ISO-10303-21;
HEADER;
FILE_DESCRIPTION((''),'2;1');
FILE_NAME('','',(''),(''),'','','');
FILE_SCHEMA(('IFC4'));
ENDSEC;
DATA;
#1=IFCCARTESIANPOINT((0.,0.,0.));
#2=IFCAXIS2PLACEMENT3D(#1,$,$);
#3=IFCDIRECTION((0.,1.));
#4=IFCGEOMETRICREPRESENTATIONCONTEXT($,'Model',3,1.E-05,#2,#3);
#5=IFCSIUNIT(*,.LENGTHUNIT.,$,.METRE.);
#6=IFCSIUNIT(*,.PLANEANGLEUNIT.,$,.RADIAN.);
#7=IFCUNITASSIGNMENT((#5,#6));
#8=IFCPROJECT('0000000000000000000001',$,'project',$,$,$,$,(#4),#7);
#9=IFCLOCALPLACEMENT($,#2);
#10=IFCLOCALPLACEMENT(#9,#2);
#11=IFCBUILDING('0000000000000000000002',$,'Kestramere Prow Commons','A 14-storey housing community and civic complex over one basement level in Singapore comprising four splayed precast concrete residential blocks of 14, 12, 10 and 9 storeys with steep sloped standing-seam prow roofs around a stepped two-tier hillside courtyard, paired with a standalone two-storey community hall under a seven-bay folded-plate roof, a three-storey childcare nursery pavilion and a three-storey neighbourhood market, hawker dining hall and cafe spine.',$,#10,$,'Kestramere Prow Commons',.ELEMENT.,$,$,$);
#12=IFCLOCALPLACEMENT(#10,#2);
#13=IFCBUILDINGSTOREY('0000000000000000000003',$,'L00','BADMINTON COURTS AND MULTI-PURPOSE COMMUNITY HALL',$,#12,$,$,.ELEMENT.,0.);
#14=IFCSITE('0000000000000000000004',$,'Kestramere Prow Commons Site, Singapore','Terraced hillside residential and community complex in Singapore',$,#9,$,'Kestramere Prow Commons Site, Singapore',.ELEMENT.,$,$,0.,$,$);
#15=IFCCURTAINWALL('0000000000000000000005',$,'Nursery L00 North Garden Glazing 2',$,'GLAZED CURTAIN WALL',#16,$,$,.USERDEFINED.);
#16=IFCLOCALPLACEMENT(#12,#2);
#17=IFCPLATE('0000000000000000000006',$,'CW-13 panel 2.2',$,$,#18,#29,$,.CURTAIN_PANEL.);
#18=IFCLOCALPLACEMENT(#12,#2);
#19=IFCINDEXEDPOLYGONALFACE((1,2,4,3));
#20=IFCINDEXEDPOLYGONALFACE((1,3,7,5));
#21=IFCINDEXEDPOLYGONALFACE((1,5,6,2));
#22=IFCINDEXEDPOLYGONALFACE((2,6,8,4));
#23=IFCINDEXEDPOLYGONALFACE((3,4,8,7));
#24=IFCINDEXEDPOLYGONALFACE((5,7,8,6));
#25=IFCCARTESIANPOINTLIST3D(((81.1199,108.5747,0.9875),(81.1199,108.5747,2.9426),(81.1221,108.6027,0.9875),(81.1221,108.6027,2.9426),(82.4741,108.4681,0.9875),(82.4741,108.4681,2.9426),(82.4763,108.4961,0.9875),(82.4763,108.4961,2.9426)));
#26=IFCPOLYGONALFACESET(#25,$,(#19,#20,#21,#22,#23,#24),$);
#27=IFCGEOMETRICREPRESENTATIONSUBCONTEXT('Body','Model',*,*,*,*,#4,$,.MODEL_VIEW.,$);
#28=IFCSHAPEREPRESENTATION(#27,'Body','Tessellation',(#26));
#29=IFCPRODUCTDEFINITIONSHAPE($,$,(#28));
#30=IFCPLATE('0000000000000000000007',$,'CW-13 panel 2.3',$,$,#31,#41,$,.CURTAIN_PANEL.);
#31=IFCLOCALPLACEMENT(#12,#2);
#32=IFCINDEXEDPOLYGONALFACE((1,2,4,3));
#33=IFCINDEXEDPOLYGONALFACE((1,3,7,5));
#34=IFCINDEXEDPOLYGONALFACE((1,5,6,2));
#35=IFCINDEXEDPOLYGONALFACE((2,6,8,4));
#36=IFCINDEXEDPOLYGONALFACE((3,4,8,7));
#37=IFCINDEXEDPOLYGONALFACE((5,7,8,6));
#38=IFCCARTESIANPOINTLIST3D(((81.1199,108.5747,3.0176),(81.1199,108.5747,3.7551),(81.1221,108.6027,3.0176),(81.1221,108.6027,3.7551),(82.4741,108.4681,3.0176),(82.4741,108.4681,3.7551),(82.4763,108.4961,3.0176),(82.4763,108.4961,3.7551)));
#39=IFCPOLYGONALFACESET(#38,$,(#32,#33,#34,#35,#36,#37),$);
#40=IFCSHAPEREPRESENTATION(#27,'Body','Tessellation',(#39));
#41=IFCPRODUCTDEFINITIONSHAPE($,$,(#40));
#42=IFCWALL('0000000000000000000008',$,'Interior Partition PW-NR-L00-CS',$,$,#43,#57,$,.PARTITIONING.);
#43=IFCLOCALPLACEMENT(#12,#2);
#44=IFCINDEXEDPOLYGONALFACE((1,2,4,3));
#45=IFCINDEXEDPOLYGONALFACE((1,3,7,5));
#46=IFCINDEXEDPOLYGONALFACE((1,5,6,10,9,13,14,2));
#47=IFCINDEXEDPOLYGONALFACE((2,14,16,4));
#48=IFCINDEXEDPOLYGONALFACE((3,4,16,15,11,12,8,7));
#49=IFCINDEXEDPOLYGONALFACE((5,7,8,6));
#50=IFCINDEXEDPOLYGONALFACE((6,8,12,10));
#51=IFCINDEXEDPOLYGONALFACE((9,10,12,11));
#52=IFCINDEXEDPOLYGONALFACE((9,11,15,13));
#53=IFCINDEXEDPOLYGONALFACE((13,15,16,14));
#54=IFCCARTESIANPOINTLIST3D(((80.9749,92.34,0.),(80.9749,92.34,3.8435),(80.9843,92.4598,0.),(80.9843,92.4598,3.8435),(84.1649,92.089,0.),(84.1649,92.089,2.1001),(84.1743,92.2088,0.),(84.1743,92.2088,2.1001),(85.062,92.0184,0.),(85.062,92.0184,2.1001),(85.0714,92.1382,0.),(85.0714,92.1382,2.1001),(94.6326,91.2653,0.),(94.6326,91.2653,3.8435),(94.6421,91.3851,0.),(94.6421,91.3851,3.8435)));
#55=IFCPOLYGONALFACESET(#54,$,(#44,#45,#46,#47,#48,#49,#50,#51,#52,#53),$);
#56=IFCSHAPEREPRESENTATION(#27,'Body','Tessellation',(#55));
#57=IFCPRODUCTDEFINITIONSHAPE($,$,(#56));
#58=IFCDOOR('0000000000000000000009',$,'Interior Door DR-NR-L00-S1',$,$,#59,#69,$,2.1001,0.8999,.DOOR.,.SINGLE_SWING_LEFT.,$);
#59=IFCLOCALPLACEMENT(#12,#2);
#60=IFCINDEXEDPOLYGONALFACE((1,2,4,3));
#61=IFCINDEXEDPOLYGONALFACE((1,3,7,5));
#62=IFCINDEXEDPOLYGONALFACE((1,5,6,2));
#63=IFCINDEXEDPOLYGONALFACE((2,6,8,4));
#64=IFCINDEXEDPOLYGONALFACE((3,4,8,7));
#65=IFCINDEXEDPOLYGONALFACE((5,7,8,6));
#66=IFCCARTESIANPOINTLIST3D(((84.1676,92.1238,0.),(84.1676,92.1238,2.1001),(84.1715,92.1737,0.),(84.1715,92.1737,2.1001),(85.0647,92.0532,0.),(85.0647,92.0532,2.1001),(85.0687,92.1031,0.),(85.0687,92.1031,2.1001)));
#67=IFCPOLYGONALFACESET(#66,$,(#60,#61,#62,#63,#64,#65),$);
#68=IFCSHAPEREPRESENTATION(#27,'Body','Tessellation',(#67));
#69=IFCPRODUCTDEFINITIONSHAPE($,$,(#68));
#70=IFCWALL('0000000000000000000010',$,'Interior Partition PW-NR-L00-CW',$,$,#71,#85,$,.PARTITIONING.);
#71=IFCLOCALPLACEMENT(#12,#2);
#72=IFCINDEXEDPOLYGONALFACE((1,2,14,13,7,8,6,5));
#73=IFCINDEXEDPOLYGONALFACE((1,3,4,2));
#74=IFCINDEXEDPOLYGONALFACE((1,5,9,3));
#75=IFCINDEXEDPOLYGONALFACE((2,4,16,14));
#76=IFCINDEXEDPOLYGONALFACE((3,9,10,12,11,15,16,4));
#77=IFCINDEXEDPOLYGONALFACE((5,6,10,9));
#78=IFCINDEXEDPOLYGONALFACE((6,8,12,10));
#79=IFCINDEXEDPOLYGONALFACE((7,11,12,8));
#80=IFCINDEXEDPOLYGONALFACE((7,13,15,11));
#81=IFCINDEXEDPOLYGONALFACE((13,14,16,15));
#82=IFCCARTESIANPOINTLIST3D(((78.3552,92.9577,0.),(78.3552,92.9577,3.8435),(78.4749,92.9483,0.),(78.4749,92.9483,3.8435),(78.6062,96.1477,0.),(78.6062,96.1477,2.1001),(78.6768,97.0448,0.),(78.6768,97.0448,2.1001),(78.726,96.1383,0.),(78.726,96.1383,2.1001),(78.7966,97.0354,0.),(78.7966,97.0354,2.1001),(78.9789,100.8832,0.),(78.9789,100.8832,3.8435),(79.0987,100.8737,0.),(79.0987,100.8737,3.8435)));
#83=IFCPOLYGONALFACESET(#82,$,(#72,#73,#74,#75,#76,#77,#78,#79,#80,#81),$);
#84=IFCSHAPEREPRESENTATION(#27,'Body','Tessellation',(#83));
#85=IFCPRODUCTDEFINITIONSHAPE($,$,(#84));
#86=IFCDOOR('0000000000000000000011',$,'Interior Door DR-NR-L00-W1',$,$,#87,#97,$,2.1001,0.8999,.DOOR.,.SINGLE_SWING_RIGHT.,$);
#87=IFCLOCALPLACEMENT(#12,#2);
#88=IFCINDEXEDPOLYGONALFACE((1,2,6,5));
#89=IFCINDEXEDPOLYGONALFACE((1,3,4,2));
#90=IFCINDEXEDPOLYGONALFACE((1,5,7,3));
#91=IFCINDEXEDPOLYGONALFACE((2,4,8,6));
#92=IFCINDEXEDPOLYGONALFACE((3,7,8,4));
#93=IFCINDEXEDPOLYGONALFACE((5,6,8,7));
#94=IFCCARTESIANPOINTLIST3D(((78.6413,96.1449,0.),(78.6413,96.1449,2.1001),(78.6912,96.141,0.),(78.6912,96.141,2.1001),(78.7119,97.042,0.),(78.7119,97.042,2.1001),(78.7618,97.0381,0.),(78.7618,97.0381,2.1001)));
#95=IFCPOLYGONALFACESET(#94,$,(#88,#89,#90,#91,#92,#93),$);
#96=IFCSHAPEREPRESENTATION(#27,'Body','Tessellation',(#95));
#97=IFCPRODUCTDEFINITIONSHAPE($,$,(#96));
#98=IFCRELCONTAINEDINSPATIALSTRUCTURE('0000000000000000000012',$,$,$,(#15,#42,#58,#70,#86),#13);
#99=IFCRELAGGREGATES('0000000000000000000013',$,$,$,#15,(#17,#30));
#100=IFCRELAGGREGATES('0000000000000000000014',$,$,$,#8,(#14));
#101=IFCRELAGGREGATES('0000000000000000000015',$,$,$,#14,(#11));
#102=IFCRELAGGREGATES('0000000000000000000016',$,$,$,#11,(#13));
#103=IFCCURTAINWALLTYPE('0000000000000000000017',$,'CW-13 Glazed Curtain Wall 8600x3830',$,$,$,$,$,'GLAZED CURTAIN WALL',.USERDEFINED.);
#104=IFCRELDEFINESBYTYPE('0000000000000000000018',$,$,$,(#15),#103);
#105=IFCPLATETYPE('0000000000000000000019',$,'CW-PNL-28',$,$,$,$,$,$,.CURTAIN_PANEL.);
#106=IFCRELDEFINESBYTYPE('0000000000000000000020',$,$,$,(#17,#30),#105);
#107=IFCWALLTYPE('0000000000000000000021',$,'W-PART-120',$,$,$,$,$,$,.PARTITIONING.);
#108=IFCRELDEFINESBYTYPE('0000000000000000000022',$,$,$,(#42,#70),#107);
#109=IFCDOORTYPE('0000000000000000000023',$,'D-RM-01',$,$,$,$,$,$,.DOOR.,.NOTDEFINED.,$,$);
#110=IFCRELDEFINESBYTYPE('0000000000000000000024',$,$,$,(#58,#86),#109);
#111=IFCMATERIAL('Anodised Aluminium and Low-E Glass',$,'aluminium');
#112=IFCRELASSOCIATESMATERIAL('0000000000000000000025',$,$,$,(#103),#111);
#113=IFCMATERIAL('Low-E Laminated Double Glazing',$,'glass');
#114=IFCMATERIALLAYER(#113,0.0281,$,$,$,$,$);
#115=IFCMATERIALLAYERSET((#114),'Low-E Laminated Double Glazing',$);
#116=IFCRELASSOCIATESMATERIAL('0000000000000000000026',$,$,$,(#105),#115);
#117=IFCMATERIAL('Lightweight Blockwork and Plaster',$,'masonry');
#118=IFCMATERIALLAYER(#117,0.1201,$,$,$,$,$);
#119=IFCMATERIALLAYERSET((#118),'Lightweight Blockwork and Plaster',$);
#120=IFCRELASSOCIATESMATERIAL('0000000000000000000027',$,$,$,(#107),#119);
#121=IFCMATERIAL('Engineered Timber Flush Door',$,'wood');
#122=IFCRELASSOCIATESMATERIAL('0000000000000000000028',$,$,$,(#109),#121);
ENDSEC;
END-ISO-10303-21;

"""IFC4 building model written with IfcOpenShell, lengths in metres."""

from ifc_helpers import new_model, si_unit, direction, frame, frame_2d, origin, origin_2d, place, context, subcontext, project, spatial, rectangle, extrude, material, layer, layer_set, type_object, element, fill, aggregate, save


model = new_model("IFC4")

# Units and contexts
model_context = context("Model", 3, precision=1e-05, world=origin(), true_north=direction((0.0, 1.0)))
body_context = subcontext(model_context, "Body", "Model", "MODEL_VIEW")
ifc_project = project(units=[si_unit("LENGTHUNIT", "METRE"), si_unit("PLANEANGLEUNIT", "RADIAN")], contexts=[model_context])

# Site, building, storey
site_placement = place(None, origin())
site = spatial("IfcSite", under=ifc_project, at=site_placement, Name="Kestramere Prow Commons Site, Singapore", Description="Terraced hillside residential and community complex in Singapore", LongName="Kestramere Prow Commons Site, Singapore", CompositionType="ELEMENT", RefElevation=0.0)
building_placement = place(site_placement, origin())
building = spatial("IfcBuilding", under=site, at=building_placement, Name="Kestramere Prow Commons", Description="A 14-storey housing community and civic complex over one basement level in Singapore comprising four splayed precast concrete residential blocks of 14, 12, 10 and 9 storeys with steep sloped standing-seam prow roofs around a stepped two-tier hillside courtyard, paired with a standalone two-storey community hall under a seven-bay folded-plate roof, a three-storey childcare nursery pavilion and a three-storey neighbourhood market, hawker dining hall and cafe spine.", LongName="Kestramere Prow Commons", CompositionType="ELEMENT")
storey_placement = place(building_placement, origin())
storey = spatial("IfcBuildingStorey", under=building, at=storey_placement, Name="L00", Description="BADMINTON COURTS AND MULTI-PURPOSE COMMUNITY HALL", CompositionType="ELEMENT", Elevation=0.0)

# Curtain wall
ifc_material_1 = material(Name="Anodised Aluminium and Low-E Glass", Category="aluminium")
curtain_wall_type = type_object("IfcCurtainWallType", Name="CW-13 Glazed Curtain Wall 8600x3830", ElementType="GLAZED CURTAIN WALL", PredefinedType="USERDEFINED", material=ifc_material_1)
curtain_wall_placement = place(storey_placement, origin())
curtain_wall = element("IfcCurtainWall", 1, at=curtain_wall_placement, inside=storey, type_object=curtain_wall_type, Name="Nursery L00 North Garden Glazing 2", ObjectType="GLAZED CURTAIN WALL", PredefinedType="USERDEFINED")

# Plates
ifc_material_2 = material(Name="Low-E Laminated Double Glazing", Category="glass")
ifc_layer_1 = layer(ifc_material_2, 0.0281)
ifc_layer_set_1 = layer_set([ifc_layer_1], Name="Low-E Laminated Double Glazing")
plate_type = type_object("IfcPlateType", Name="CW-PNL-28", PredefinedType="CURTAIN_PANEL", material=ifc_layer_set_1)
plate_1_placement = place(storey_placement, frame((81.7981, 108.5354, 0.9875), z_axis=(0.0, 0.0, 1.0), x_axis=(0.996917, -0.078459, 0.0)))
plate_1 = element("IfcPlate", 2, at=plate_1_placement, type_object=plate_type, Name="CW-13 panel 2.2", PredefinedType="CURTAIN_PANEL", context=body_context, shape_type="SweptSolid", body=[
    extrude(rectangle(XDim=1.3584, YDim=0.0281, at=origin_2d()), origin(), (0.0, 0.0, 1.0), 1.9551),
])
plate_2_placement = place(storey_placement, frame((81.7981, 108.5354, 3.0176), z_axis=(0.0, 0.0, 1.0), x_axis=(0.996917, -0.078459, 0.0)))
plate_2 = element("IfcPlate", 3, at=plate_2_placement, type_object=plate_type, Name="CW-13 panel 2.3", PredefinedType="CURTAIN_PANEL", context=body_context, shape_type="SweptSolid", body=[
    extrude(rectangle(XDim=1.3584, YDim=0.0281, at=origin_2d()), origin(), (0.0, 0.0, 1.0), 0.7375),
])
aggregate(curtain_wall, [plate_1, plate_2])

# Walls, openings, doors
ifc_material_3 = material(Name="Lightweight Blockwork and Plaster", Category="masonry")
ifc_layer_2 = layer(ifc_material_3, 0.1201)
ifc_layer_set_2 = layer_set([ifc_layer_2], Name="Lightweight Blockwork and Plaster")
wall_type = type_object("IfcWallType", Name="W-PART-120", PredefinedType="PARTITIONING", material=ifc_layer_set_2)
wall_1_placement = place(storey_placement, frame((80.9795, 92.3999, 0.0), z_axis=(0.0, 0.0, 1.0), x_axis=(0.996918, -0.078446, 0.0)))
wall_1 = element("IfcWall", 4, at=wall_1_placement, inside=storey, type_object=wall_type, Name="Interior Partition PW-NR-L00-CS", PredefinedType="PARTITIONING", context=body_context, shape_type="SweptSolid", body=[
    extrude(rectangle(XDim=13.7, YDim=0.1201, at=frame_2d((6.8501, 0.0))), origin(), (0.0, 0.0, 1.0), 3.8435),
])
opening_1_placement = place(wall_1_placement, frame((3.2, 0.0, 0.0)))
opening_1 = element("IfcOpeningElement", 5, at=opening_1_placement, cuts=wall_1, PredefinedType="OPENING", context=body_context, shape_type="SweptSolid", body=[
    extrude(rectangle(XDim=0.8999, YDim=2.1001, at=frame_2d((0.45, 1.05))), frame((0.0, 0.075, 0.0), z_axis=(0.0, -1.0, 0.0), x_axis=(1.0, 0.0, 0.0)), (0.0, 0.0, 1.0), 0.1501),
])
ifc_material_4 = material(Name="Engineered Timber Flush Door", Category="wood")
door_type = type_object("IfcDoorType", Name="D-RM-01", OperationType="NOTDEFINED", PredefinedType="DOOR", material=ifc_material_4)
door_1_placement = place(opening_1_placement, origin())
door_1 = element("IfcDoor", 6, at=door_1_placement, inside=storey, type_object=door_type, Name="Interior Door DR-NR-L00-S1", OperationType="SINGLE_SWING_LEFT", OverallHeight=2.1001, OverallWidth=0.8999, PredefinedType="DOOR", context=body_context, shape_type="SweptSolid", body=[
    extrude(rectangle(XDim=0.8999, YDim=2.1001, at=frame_2d((0.45, 1.05))), frame((0.0, 0.0249, 0.0), z_axis=(0.0, -1.0, 0.0), x_axis=(1.0, 0.0, 0.0)), (0.0, 0.0, 1.0), 0.05),
])
fill(opening_1, door_1)
wall_2_placement = place(storey_placement, frame((78.415, 92.9529, 0.0), z_axis=(0.0, 0.0, 1.0), x_axis=(0.078462, 0.996917, 0.0)))
wall_2 = element("IfcWall", 7, at=wall_2_placement, inside=storey, type_object=wall_type, Name="Interior Partition PW-NR-L00-CW", PredefinedType="PARTITIONING", context=body_context, shape_type="SweptSolid", body=[
    extrude(rectangle(XDim=7.95, YDim=0.1201, at=frame_2d((3.9751, 0.0))), origin(), (0.0, 0.0, 1.0), 3.8435),
])
opening_2_placement = place(wall_2_placement, frame((3.2, 0.0, 0.0)))
opening_2 = element("IfcOpeningElement", 8, at=opening_2_placement, cuts=wall_2, PredefinedType="OPENING", context=body_context, shape_type="SweptSolid", body=[
    extrude(rectangle(XDim=0.8999, YDim=2.1001, at=frame_2d((0.45, 1.05))), frame((0.0, 0.075, 0.0), z_axis=(0.0, -1.0, 0.0), x_axis=(1.0, 0.0, 0.0)), (0.0, 0.0, 1.0), 0.1501),
])
door_2_placement = place(opening_2_placement, origin())
door_2 = element("IfcDoor", 9, at=door_2_placement, inside=storey, type_object=door_type, Name="Interior Door DR-NR-L00-W1", OperationType="SINGLE_SWING_RIGHT", OverallHeight=2.1001, OverallWidth=0.8999, PredefinedType="DOOR", context=body_context, shape_type="SweptSolid", body=[
    extrude(rectangle(XDim=0.8999, YDim=2.1001, at=frame_2d((0.45, 1.05))), frame((0.0, 0.0249, 0.0), z_axis=(0.0, -1.0, 0.0), x_axis=(1.0, 0.0, 0.0)), (0.0, 0.0, 1.0), 0.05),
])
fill(opening_2, door_2)

save(model, "model.ifc")
